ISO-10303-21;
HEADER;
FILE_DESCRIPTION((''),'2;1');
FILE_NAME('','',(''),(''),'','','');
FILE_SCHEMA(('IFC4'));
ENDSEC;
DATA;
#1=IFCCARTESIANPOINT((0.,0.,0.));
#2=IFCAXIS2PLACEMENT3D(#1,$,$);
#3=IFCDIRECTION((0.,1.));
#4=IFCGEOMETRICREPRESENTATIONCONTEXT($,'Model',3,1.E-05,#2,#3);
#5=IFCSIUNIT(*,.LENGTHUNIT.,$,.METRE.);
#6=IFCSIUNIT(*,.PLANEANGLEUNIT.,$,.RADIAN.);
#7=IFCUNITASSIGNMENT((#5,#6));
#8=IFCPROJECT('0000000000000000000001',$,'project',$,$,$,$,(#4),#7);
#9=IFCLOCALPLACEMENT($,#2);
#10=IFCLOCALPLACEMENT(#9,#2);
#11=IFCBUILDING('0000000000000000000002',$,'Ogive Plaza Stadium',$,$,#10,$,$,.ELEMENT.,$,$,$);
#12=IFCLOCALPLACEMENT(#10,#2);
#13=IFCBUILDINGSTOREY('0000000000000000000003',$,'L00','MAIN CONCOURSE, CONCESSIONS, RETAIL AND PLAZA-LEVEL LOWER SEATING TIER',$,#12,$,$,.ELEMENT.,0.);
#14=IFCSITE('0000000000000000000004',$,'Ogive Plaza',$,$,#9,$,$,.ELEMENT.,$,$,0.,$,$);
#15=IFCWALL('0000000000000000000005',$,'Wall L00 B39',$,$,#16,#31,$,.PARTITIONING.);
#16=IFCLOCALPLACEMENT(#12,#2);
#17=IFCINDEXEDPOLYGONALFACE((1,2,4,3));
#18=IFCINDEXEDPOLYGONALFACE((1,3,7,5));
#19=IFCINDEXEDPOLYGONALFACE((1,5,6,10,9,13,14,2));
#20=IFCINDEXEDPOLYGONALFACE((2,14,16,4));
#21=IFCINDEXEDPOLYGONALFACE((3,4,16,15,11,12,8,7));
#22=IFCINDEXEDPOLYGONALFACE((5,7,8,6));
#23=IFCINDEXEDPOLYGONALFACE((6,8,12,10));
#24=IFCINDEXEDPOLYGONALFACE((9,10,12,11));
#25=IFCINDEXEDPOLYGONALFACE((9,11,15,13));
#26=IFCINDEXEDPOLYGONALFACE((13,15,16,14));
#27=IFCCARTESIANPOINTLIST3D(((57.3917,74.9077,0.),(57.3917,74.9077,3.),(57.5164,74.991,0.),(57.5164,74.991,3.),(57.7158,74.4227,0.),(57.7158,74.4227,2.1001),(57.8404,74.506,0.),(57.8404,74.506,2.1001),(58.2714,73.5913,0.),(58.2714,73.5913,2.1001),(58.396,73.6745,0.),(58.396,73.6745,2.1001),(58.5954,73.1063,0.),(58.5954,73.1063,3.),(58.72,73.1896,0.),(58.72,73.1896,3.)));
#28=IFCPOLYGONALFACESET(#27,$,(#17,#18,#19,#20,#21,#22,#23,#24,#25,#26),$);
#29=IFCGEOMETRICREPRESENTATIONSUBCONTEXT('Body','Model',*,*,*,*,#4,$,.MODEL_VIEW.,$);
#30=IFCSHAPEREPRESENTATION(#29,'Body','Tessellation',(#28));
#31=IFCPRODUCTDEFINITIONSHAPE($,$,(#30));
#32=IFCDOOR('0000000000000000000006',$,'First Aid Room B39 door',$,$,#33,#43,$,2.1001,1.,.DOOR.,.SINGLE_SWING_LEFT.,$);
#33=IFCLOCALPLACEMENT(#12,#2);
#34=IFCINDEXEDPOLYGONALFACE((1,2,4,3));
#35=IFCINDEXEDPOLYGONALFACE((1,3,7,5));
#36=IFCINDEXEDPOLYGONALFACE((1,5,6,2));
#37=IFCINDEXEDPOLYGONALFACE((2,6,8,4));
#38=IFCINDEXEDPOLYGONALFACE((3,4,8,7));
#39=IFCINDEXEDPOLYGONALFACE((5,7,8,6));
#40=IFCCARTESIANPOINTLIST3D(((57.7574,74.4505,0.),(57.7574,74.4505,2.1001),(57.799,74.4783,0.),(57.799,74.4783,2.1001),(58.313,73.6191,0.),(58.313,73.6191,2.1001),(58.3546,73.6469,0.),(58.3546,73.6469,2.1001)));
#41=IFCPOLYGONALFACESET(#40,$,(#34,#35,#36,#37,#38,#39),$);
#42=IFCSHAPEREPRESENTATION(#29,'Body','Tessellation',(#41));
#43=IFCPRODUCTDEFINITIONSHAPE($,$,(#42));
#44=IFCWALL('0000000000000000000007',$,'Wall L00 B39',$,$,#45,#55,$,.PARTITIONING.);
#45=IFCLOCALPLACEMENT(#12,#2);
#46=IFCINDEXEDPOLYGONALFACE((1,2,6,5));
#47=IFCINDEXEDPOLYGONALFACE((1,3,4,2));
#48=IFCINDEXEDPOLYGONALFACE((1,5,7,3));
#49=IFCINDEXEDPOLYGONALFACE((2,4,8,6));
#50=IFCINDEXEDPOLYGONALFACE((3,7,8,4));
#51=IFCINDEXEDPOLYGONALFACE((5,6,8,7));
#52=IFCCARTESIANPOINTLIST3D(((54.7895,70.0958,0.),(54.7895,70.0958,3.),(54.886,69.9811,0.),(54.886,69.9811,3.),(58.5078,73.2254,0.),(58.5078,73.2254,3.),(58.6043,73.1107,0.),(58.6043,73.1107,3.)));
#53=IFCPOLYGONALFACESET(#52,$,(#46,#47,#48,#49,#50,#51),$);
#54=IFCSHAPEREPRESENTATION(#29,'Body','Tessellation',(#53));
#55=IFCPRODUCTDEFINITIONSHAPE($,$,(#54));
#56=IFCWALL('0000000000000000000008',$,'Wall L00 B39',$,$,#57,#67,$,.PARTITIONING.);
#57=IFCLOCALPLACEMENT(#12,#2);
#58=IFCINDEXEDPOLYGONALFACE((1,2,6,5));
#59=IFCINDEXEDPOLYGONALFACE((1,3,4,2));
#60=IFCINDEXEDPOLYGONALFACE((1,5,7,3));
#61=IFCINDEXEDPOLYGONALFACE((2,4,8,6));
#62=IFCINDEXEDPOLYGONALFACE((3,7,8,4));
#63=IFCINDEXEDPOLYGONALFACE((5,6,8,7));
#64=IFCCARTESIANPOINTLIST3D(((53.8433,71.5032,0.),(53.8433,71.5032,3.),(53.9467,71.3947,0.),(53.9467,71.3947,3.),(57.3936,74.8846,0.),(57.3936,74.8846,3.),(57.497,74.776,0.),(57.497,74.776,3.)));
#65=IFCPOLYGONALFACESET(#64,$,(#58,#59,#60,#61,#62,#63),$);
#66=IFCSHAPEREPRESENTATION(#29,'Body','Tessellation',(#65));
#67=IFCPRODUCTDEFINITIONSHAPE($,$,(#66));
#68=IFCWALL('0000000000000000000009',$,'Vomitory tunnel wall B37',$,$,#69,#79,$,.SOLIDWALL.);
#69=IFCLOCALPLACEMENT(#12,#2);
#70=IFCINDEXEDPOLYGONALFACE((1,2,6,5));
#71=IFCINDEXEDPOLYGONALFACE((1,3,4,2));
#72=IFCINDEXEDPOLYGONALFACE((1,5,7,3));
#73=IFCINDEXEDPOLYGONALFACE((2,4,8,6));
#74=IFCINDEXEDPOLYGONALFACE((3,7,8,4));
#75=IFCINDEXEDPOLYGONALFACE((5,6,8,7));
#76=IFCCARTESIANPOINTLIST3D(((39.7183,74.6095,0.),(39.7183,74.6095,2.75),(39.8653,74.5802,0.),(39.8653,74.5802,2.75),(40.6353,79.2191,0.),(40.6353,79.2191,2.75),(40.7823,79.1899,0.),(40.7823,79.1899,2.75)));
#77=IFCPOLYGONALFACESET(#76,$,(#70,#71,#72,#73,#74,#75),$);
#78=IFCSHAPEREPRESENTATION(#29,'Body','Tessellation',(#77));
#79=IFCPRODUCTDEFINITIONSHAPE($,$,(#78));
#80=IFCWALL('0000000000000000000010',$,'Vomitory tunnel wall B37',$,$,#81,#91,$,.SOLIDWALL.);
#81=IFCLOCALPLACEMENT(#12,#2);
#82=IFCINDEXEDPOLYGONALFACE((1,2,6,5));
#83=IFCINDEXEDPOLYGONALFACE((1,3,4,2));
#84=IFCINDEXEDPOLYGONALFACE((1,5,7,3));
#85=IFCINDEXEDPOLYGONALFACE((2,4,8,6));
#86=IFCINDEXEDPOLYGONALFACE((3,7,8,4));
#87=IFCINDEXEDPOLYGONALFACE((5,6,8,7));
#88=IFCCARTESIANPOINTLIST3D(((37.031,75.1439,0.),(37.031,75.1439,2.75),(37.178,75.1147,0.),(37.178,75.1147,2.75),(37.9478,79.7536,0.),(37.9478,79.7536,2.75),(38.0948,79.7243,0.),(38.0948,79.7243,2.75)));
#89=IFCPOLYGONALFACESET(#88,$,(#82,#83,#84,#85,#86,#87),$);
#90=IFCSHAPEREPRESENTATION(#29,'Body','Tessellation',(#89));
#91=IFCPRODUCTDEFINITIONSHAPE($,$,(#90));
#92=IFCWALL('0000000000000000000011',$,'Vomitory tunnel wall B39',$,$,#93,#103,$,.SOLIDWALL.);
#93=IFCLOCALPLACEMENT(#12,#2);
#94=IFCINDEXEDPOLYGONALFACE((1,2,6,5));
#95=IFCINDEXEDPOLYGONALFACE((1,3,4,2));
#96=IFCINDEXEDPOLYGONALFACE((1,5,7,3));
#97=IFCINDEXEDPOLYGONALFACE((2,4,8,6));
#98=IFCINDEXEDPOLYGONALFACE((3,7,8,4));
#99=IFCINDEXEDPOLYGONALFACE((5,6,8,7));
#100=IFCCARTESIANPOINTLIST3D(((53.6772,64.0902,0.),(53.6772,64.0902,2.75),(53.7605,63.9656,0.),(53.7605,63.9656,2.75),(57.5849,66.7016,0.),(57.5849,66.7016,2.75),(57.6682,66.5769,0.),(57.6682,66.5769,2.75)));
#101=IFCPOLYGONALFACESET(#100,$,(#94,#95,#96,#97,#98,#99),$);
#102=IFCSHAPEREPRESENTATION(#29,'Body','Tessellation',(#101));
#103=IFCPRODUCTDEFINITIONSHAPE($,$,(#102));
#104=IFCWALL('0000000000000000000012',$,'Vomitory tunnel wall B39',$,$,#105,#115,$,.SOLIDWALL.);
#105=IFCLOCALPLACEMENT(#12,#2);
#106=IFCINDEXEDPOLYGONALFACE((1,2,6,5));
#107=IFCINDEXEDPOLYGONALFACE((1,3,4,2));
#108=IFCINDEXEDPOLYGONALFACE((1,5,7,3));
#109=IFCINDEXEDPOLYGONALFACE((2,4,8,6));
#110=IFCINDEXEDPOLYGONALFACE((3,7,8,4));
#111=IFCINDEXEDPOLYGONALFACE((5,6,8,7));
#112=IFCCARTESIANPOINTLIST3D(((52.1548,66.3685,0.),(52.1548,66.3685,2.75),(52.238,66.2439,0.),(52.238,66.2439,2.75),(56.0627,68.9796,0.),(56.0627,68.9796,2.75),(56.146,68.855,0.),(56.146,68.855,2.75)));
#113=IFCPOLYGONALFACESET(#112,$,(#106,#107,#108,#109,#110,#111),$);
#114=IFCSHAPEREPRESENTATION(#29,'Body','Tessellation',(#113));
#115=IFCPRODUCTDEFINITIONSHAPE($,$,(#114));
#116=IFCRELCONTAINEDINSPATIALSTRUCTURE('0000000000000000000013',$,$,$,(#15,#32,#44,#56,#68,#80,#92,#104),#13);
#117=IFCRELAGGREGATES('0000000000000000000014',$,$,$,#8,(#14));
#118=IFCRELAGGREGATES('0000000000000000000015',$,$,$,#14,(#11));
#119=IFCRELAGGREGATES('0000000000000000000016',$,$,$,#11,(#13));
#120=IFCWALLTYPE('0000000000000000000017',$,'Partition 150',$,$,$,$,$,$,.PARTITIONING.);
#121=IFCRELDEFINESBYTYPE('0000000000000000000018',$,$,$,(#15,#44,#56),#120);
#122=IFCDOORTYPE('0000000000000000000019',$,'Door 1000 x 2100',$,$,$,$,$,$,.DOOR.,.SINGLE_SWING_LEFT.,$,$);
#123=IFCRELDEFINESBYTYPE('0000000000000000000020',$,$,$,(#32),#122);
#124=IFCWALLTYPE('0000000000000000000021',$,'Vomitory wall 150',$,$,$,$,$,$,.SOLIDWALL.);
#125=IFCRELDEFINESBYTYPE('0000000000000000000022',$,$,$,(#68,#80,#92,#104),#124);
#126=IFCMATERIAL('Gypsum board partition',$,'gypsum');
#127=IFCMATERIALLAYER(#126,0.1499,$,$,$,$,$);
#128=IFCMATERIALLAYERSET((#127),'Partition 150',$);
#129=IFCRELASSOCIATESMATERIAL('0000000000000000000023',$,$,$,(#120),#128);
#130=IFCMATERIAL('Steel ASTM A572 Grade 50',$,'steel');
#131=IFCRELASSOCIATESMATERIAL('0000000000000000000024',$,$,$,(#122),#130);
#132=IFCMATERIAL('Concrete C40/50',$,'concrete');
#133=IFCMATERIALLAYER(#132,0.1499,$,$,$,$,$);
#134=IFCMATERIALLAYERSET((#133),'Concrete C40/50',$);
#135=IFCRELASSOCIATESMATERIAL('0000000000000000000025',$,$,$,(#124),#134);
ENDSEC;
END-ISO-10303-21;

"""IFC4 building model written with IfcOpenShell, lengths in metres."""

from ifc_helpers import new_model, si_unit, direction, frame, frame_2d, origin, place, context, subcontext, project, spatial, rectangle, extrude, material, layer, layer_set, type_object, element, fill, save


model = new_model("IFC4")

# Units and contexts
model_context = context("Model", 3, precision=1e-05, world=origin(), true_north=direction((0.0, 1.0)))
body_context = subcontext(model_context, "Body", "Model", "MODEL_VIEW")
ifc_project = project(units=[si_unit("LENGTHUNIT", "METRE"), si_unit("PLANEANGLEUNIT", "RADIAN")], contexts=[model_context])

# Site, building, storey
site_placement = place(None, origin())
site = spatial("IfcSite", under=ifc_project, at=site_placement, Name="Ogive Plaza", CompositionType="ELEMENT", RefElevation=0.0)
building_placement = place(site_placement, origin())
building = spatial("IfcBuilding", under=site, at=building_placement, Name="Ogive Plaza Stadium", CompositionType="ELEMENT")
storey_placement = place(building_placement, origin())
storey = spatial("IfcBuildingStorey", under=building, at=storey_placement, Name="L00", Description="MAIN CONCOURSE, CONCESSIONS, RETAIL AND PLAZA-LEVEL LOWER SEATING TIER", CompositionType="ELEMENT", Elevation=0.0)

# Wall, opening, door
ifc_material_1 = material(Name="Gypsum board partition", Category="gypsum")
ifc_layer_1 = layer(ifc_material_1, 0.1499)
ifc_layer_set_1 = layer_set([ifc_layer_1], Name="Partition 150")
wall_type_1 = type_object("IfcWallType", Name="Partition 150", PredefinedType="PARTITIONING", material=ifc_layer_set_1)
wall_1_placement = place(storey_placement, frame((58.6577, 73.1479, 0.0), z_axis=(0.0, 0.0, 1.0), x_axis=(-0.555584, 0.83146, 0.0)))
wall_1 = element("IfcWall", 1, at=wall_1_placement, inside=storey, type_object=wall_type_1, Name="Wall L00 B39", PredefinedType="PARTITIONING", context=body_context, shape_type="SweptSolid", body=[
    extrude(rectangle(XDim=2.1665, YDim=0.1499, at=frame_2d((1.0833, 0.0))), origin(), (0.0, 0.0, 1.0), 3.0),
])
opening_1_placement = place(wall_1_placement, frame((0.5833, 0.0, 0.0)))
opening_1 = element("IfcOpeningElement", 2, at=opening_1_placement, cuts=wall_1, PredefinedType="OPENING", context=body_context, shape_type="SweptSolid", body=[
    extrude(rectangle(XDim=1.0, YDim=2.1001, at=frame_2d((0.5, 1.05))), frame((0.0, 0.075, 0.0), z_axis=(0.0, -1.0, 0.0), x_axis=(1.0, 0.0, 0.0)), (0.0, 0.0, 1.0), 0.1499),
])
ifc_material_2 = material(Name="Steel ASTM A572 Grade 50", Category="steel")
door_type_1 = type_object("IfcDoorType", Name="Door 1000 x 2100", OperationType="SINGLE_SWING_LEFT", PredefinedType="DOOR", material=ifc_material_2)
door_1_placement = place(opening_1_placement, origin())
door_1 = element("IfcDoor", 3, at=door_1_placement, inside=storey, type_object=door_type_1, Name="First Aid Room B39 door", OperationType="SINGLE_SWING_LEFT", OverallHeight=2.1001, OverallWidth=1.0, PredefinedType="DOOR", context=body_context, shape_type="SweptSolid", body=[
    extrude(rectangle(XDim=1.0, YDim=2.1001, at=frame_2d((0.5, 1.05))), frame((0.0, 0.0249, 0.0), z_axis=(0.0, -1.0, 0.0), x_axis=(1.0, 0.0, 0.0)), (0.0, 0.0, 1.0), 0.05),
])
fill(opening_1, door_1)

# Walls
wall_2_placement = place(storey_placement, frame((54.8376, 70.0383, 0.0), z_axis=(0.0, 0.0, 1.0), x_axis=(0.765066, 0.643952, 0.0)))
element("IfcWall", 4, at=wall_2_placement, inside=storey, type_object=wall_type_1, Name="Wall L00 B39", PredefinedType="PARTITIONING", context=body_context, shape_type="SweptSolid", body=[
    extrude(rectangle(XDim=4.8601, YDim=0.1499, at=frame_2d((2.4302, 0.0))), origin(), (0.0, 0.0, 1.0), 3.0),
])
wall_3_placement = place(storey_placement, frame((53.895, 71.449, 0.0), z_axis=(0.0, 0.0, 1.0), x_axis=(0.724126, 0.689668, 0.0)))
element("IfcWall", 5, at=wall_3_placement, inside=storey, type_object=wall_type_1, Name="Wall L00 B39", PredefinedType="PARTITIONING", context=body_context, shape_type="SweptSolid", body=[
    extrude(rectangle(XDim=4.9028, YDim=0.1499, at=frame_2d((2.4514, 0.0))), origin(), (0.0, 0.0, 1.0), 3.0),
])
ifc_material_3 = material(Name="Concrete C40/50", Category="concrete")
ifc_layer_2 = layer(ifc_material_3, 0.1499)
ifc_layer_set_2 = layer_set([ifc_layer_2], Name="Concrete C40/50")
wall_type_2 = type_object("IfcWallType", Name="Vomitory wall 150", PredefinedType="SOLIDWALL", material=ifc_layer_set_2)
for number, where, z_axis, x_axis, name in (
    (6, (39.7917, 74.5947, 0.0), (0.0, 0.0, 1.0), (0.195107, 0.980782, 0.0), "Vomitory tunnel wall B37"),
    (7, (37.1045, 75.1292, 0.0), (0.0, 0.0, 1.0), (0.195057, 0.980792, 0.0), "Vomitory tunnel wall B37"),
    (8, (53.7188, 64.0278, 0.0), (0.0, 0.0, 1.0), (0.831442, 0.555611, 0.0), "Vomitory tunnel wall B39"),
    (9, (52.1963, 66.3062, 0.0), (0.0, 0.0, 1.0), (0.831482, 0.555551, 0.0), "Vomitory tunnel wall B39"),
):
    element("IfcWall", number, at=place(storey_placement, frame(where, z_axis=z_axis, x_axis=x_axis)), inside=storey, type_object=wall_type_2, Name=name, PredefinedType="SOLIDWALL", context=body_context, shape_type="SweptSolid", body=[
        extrude(rectangle(XDim=4.7, YDim=0.1499, at=frame_2d((2.3501, 0.0))), origin(), (0.0, 0.0, 1.0), 2.75),
    ])

save(model, "model.ifc")
